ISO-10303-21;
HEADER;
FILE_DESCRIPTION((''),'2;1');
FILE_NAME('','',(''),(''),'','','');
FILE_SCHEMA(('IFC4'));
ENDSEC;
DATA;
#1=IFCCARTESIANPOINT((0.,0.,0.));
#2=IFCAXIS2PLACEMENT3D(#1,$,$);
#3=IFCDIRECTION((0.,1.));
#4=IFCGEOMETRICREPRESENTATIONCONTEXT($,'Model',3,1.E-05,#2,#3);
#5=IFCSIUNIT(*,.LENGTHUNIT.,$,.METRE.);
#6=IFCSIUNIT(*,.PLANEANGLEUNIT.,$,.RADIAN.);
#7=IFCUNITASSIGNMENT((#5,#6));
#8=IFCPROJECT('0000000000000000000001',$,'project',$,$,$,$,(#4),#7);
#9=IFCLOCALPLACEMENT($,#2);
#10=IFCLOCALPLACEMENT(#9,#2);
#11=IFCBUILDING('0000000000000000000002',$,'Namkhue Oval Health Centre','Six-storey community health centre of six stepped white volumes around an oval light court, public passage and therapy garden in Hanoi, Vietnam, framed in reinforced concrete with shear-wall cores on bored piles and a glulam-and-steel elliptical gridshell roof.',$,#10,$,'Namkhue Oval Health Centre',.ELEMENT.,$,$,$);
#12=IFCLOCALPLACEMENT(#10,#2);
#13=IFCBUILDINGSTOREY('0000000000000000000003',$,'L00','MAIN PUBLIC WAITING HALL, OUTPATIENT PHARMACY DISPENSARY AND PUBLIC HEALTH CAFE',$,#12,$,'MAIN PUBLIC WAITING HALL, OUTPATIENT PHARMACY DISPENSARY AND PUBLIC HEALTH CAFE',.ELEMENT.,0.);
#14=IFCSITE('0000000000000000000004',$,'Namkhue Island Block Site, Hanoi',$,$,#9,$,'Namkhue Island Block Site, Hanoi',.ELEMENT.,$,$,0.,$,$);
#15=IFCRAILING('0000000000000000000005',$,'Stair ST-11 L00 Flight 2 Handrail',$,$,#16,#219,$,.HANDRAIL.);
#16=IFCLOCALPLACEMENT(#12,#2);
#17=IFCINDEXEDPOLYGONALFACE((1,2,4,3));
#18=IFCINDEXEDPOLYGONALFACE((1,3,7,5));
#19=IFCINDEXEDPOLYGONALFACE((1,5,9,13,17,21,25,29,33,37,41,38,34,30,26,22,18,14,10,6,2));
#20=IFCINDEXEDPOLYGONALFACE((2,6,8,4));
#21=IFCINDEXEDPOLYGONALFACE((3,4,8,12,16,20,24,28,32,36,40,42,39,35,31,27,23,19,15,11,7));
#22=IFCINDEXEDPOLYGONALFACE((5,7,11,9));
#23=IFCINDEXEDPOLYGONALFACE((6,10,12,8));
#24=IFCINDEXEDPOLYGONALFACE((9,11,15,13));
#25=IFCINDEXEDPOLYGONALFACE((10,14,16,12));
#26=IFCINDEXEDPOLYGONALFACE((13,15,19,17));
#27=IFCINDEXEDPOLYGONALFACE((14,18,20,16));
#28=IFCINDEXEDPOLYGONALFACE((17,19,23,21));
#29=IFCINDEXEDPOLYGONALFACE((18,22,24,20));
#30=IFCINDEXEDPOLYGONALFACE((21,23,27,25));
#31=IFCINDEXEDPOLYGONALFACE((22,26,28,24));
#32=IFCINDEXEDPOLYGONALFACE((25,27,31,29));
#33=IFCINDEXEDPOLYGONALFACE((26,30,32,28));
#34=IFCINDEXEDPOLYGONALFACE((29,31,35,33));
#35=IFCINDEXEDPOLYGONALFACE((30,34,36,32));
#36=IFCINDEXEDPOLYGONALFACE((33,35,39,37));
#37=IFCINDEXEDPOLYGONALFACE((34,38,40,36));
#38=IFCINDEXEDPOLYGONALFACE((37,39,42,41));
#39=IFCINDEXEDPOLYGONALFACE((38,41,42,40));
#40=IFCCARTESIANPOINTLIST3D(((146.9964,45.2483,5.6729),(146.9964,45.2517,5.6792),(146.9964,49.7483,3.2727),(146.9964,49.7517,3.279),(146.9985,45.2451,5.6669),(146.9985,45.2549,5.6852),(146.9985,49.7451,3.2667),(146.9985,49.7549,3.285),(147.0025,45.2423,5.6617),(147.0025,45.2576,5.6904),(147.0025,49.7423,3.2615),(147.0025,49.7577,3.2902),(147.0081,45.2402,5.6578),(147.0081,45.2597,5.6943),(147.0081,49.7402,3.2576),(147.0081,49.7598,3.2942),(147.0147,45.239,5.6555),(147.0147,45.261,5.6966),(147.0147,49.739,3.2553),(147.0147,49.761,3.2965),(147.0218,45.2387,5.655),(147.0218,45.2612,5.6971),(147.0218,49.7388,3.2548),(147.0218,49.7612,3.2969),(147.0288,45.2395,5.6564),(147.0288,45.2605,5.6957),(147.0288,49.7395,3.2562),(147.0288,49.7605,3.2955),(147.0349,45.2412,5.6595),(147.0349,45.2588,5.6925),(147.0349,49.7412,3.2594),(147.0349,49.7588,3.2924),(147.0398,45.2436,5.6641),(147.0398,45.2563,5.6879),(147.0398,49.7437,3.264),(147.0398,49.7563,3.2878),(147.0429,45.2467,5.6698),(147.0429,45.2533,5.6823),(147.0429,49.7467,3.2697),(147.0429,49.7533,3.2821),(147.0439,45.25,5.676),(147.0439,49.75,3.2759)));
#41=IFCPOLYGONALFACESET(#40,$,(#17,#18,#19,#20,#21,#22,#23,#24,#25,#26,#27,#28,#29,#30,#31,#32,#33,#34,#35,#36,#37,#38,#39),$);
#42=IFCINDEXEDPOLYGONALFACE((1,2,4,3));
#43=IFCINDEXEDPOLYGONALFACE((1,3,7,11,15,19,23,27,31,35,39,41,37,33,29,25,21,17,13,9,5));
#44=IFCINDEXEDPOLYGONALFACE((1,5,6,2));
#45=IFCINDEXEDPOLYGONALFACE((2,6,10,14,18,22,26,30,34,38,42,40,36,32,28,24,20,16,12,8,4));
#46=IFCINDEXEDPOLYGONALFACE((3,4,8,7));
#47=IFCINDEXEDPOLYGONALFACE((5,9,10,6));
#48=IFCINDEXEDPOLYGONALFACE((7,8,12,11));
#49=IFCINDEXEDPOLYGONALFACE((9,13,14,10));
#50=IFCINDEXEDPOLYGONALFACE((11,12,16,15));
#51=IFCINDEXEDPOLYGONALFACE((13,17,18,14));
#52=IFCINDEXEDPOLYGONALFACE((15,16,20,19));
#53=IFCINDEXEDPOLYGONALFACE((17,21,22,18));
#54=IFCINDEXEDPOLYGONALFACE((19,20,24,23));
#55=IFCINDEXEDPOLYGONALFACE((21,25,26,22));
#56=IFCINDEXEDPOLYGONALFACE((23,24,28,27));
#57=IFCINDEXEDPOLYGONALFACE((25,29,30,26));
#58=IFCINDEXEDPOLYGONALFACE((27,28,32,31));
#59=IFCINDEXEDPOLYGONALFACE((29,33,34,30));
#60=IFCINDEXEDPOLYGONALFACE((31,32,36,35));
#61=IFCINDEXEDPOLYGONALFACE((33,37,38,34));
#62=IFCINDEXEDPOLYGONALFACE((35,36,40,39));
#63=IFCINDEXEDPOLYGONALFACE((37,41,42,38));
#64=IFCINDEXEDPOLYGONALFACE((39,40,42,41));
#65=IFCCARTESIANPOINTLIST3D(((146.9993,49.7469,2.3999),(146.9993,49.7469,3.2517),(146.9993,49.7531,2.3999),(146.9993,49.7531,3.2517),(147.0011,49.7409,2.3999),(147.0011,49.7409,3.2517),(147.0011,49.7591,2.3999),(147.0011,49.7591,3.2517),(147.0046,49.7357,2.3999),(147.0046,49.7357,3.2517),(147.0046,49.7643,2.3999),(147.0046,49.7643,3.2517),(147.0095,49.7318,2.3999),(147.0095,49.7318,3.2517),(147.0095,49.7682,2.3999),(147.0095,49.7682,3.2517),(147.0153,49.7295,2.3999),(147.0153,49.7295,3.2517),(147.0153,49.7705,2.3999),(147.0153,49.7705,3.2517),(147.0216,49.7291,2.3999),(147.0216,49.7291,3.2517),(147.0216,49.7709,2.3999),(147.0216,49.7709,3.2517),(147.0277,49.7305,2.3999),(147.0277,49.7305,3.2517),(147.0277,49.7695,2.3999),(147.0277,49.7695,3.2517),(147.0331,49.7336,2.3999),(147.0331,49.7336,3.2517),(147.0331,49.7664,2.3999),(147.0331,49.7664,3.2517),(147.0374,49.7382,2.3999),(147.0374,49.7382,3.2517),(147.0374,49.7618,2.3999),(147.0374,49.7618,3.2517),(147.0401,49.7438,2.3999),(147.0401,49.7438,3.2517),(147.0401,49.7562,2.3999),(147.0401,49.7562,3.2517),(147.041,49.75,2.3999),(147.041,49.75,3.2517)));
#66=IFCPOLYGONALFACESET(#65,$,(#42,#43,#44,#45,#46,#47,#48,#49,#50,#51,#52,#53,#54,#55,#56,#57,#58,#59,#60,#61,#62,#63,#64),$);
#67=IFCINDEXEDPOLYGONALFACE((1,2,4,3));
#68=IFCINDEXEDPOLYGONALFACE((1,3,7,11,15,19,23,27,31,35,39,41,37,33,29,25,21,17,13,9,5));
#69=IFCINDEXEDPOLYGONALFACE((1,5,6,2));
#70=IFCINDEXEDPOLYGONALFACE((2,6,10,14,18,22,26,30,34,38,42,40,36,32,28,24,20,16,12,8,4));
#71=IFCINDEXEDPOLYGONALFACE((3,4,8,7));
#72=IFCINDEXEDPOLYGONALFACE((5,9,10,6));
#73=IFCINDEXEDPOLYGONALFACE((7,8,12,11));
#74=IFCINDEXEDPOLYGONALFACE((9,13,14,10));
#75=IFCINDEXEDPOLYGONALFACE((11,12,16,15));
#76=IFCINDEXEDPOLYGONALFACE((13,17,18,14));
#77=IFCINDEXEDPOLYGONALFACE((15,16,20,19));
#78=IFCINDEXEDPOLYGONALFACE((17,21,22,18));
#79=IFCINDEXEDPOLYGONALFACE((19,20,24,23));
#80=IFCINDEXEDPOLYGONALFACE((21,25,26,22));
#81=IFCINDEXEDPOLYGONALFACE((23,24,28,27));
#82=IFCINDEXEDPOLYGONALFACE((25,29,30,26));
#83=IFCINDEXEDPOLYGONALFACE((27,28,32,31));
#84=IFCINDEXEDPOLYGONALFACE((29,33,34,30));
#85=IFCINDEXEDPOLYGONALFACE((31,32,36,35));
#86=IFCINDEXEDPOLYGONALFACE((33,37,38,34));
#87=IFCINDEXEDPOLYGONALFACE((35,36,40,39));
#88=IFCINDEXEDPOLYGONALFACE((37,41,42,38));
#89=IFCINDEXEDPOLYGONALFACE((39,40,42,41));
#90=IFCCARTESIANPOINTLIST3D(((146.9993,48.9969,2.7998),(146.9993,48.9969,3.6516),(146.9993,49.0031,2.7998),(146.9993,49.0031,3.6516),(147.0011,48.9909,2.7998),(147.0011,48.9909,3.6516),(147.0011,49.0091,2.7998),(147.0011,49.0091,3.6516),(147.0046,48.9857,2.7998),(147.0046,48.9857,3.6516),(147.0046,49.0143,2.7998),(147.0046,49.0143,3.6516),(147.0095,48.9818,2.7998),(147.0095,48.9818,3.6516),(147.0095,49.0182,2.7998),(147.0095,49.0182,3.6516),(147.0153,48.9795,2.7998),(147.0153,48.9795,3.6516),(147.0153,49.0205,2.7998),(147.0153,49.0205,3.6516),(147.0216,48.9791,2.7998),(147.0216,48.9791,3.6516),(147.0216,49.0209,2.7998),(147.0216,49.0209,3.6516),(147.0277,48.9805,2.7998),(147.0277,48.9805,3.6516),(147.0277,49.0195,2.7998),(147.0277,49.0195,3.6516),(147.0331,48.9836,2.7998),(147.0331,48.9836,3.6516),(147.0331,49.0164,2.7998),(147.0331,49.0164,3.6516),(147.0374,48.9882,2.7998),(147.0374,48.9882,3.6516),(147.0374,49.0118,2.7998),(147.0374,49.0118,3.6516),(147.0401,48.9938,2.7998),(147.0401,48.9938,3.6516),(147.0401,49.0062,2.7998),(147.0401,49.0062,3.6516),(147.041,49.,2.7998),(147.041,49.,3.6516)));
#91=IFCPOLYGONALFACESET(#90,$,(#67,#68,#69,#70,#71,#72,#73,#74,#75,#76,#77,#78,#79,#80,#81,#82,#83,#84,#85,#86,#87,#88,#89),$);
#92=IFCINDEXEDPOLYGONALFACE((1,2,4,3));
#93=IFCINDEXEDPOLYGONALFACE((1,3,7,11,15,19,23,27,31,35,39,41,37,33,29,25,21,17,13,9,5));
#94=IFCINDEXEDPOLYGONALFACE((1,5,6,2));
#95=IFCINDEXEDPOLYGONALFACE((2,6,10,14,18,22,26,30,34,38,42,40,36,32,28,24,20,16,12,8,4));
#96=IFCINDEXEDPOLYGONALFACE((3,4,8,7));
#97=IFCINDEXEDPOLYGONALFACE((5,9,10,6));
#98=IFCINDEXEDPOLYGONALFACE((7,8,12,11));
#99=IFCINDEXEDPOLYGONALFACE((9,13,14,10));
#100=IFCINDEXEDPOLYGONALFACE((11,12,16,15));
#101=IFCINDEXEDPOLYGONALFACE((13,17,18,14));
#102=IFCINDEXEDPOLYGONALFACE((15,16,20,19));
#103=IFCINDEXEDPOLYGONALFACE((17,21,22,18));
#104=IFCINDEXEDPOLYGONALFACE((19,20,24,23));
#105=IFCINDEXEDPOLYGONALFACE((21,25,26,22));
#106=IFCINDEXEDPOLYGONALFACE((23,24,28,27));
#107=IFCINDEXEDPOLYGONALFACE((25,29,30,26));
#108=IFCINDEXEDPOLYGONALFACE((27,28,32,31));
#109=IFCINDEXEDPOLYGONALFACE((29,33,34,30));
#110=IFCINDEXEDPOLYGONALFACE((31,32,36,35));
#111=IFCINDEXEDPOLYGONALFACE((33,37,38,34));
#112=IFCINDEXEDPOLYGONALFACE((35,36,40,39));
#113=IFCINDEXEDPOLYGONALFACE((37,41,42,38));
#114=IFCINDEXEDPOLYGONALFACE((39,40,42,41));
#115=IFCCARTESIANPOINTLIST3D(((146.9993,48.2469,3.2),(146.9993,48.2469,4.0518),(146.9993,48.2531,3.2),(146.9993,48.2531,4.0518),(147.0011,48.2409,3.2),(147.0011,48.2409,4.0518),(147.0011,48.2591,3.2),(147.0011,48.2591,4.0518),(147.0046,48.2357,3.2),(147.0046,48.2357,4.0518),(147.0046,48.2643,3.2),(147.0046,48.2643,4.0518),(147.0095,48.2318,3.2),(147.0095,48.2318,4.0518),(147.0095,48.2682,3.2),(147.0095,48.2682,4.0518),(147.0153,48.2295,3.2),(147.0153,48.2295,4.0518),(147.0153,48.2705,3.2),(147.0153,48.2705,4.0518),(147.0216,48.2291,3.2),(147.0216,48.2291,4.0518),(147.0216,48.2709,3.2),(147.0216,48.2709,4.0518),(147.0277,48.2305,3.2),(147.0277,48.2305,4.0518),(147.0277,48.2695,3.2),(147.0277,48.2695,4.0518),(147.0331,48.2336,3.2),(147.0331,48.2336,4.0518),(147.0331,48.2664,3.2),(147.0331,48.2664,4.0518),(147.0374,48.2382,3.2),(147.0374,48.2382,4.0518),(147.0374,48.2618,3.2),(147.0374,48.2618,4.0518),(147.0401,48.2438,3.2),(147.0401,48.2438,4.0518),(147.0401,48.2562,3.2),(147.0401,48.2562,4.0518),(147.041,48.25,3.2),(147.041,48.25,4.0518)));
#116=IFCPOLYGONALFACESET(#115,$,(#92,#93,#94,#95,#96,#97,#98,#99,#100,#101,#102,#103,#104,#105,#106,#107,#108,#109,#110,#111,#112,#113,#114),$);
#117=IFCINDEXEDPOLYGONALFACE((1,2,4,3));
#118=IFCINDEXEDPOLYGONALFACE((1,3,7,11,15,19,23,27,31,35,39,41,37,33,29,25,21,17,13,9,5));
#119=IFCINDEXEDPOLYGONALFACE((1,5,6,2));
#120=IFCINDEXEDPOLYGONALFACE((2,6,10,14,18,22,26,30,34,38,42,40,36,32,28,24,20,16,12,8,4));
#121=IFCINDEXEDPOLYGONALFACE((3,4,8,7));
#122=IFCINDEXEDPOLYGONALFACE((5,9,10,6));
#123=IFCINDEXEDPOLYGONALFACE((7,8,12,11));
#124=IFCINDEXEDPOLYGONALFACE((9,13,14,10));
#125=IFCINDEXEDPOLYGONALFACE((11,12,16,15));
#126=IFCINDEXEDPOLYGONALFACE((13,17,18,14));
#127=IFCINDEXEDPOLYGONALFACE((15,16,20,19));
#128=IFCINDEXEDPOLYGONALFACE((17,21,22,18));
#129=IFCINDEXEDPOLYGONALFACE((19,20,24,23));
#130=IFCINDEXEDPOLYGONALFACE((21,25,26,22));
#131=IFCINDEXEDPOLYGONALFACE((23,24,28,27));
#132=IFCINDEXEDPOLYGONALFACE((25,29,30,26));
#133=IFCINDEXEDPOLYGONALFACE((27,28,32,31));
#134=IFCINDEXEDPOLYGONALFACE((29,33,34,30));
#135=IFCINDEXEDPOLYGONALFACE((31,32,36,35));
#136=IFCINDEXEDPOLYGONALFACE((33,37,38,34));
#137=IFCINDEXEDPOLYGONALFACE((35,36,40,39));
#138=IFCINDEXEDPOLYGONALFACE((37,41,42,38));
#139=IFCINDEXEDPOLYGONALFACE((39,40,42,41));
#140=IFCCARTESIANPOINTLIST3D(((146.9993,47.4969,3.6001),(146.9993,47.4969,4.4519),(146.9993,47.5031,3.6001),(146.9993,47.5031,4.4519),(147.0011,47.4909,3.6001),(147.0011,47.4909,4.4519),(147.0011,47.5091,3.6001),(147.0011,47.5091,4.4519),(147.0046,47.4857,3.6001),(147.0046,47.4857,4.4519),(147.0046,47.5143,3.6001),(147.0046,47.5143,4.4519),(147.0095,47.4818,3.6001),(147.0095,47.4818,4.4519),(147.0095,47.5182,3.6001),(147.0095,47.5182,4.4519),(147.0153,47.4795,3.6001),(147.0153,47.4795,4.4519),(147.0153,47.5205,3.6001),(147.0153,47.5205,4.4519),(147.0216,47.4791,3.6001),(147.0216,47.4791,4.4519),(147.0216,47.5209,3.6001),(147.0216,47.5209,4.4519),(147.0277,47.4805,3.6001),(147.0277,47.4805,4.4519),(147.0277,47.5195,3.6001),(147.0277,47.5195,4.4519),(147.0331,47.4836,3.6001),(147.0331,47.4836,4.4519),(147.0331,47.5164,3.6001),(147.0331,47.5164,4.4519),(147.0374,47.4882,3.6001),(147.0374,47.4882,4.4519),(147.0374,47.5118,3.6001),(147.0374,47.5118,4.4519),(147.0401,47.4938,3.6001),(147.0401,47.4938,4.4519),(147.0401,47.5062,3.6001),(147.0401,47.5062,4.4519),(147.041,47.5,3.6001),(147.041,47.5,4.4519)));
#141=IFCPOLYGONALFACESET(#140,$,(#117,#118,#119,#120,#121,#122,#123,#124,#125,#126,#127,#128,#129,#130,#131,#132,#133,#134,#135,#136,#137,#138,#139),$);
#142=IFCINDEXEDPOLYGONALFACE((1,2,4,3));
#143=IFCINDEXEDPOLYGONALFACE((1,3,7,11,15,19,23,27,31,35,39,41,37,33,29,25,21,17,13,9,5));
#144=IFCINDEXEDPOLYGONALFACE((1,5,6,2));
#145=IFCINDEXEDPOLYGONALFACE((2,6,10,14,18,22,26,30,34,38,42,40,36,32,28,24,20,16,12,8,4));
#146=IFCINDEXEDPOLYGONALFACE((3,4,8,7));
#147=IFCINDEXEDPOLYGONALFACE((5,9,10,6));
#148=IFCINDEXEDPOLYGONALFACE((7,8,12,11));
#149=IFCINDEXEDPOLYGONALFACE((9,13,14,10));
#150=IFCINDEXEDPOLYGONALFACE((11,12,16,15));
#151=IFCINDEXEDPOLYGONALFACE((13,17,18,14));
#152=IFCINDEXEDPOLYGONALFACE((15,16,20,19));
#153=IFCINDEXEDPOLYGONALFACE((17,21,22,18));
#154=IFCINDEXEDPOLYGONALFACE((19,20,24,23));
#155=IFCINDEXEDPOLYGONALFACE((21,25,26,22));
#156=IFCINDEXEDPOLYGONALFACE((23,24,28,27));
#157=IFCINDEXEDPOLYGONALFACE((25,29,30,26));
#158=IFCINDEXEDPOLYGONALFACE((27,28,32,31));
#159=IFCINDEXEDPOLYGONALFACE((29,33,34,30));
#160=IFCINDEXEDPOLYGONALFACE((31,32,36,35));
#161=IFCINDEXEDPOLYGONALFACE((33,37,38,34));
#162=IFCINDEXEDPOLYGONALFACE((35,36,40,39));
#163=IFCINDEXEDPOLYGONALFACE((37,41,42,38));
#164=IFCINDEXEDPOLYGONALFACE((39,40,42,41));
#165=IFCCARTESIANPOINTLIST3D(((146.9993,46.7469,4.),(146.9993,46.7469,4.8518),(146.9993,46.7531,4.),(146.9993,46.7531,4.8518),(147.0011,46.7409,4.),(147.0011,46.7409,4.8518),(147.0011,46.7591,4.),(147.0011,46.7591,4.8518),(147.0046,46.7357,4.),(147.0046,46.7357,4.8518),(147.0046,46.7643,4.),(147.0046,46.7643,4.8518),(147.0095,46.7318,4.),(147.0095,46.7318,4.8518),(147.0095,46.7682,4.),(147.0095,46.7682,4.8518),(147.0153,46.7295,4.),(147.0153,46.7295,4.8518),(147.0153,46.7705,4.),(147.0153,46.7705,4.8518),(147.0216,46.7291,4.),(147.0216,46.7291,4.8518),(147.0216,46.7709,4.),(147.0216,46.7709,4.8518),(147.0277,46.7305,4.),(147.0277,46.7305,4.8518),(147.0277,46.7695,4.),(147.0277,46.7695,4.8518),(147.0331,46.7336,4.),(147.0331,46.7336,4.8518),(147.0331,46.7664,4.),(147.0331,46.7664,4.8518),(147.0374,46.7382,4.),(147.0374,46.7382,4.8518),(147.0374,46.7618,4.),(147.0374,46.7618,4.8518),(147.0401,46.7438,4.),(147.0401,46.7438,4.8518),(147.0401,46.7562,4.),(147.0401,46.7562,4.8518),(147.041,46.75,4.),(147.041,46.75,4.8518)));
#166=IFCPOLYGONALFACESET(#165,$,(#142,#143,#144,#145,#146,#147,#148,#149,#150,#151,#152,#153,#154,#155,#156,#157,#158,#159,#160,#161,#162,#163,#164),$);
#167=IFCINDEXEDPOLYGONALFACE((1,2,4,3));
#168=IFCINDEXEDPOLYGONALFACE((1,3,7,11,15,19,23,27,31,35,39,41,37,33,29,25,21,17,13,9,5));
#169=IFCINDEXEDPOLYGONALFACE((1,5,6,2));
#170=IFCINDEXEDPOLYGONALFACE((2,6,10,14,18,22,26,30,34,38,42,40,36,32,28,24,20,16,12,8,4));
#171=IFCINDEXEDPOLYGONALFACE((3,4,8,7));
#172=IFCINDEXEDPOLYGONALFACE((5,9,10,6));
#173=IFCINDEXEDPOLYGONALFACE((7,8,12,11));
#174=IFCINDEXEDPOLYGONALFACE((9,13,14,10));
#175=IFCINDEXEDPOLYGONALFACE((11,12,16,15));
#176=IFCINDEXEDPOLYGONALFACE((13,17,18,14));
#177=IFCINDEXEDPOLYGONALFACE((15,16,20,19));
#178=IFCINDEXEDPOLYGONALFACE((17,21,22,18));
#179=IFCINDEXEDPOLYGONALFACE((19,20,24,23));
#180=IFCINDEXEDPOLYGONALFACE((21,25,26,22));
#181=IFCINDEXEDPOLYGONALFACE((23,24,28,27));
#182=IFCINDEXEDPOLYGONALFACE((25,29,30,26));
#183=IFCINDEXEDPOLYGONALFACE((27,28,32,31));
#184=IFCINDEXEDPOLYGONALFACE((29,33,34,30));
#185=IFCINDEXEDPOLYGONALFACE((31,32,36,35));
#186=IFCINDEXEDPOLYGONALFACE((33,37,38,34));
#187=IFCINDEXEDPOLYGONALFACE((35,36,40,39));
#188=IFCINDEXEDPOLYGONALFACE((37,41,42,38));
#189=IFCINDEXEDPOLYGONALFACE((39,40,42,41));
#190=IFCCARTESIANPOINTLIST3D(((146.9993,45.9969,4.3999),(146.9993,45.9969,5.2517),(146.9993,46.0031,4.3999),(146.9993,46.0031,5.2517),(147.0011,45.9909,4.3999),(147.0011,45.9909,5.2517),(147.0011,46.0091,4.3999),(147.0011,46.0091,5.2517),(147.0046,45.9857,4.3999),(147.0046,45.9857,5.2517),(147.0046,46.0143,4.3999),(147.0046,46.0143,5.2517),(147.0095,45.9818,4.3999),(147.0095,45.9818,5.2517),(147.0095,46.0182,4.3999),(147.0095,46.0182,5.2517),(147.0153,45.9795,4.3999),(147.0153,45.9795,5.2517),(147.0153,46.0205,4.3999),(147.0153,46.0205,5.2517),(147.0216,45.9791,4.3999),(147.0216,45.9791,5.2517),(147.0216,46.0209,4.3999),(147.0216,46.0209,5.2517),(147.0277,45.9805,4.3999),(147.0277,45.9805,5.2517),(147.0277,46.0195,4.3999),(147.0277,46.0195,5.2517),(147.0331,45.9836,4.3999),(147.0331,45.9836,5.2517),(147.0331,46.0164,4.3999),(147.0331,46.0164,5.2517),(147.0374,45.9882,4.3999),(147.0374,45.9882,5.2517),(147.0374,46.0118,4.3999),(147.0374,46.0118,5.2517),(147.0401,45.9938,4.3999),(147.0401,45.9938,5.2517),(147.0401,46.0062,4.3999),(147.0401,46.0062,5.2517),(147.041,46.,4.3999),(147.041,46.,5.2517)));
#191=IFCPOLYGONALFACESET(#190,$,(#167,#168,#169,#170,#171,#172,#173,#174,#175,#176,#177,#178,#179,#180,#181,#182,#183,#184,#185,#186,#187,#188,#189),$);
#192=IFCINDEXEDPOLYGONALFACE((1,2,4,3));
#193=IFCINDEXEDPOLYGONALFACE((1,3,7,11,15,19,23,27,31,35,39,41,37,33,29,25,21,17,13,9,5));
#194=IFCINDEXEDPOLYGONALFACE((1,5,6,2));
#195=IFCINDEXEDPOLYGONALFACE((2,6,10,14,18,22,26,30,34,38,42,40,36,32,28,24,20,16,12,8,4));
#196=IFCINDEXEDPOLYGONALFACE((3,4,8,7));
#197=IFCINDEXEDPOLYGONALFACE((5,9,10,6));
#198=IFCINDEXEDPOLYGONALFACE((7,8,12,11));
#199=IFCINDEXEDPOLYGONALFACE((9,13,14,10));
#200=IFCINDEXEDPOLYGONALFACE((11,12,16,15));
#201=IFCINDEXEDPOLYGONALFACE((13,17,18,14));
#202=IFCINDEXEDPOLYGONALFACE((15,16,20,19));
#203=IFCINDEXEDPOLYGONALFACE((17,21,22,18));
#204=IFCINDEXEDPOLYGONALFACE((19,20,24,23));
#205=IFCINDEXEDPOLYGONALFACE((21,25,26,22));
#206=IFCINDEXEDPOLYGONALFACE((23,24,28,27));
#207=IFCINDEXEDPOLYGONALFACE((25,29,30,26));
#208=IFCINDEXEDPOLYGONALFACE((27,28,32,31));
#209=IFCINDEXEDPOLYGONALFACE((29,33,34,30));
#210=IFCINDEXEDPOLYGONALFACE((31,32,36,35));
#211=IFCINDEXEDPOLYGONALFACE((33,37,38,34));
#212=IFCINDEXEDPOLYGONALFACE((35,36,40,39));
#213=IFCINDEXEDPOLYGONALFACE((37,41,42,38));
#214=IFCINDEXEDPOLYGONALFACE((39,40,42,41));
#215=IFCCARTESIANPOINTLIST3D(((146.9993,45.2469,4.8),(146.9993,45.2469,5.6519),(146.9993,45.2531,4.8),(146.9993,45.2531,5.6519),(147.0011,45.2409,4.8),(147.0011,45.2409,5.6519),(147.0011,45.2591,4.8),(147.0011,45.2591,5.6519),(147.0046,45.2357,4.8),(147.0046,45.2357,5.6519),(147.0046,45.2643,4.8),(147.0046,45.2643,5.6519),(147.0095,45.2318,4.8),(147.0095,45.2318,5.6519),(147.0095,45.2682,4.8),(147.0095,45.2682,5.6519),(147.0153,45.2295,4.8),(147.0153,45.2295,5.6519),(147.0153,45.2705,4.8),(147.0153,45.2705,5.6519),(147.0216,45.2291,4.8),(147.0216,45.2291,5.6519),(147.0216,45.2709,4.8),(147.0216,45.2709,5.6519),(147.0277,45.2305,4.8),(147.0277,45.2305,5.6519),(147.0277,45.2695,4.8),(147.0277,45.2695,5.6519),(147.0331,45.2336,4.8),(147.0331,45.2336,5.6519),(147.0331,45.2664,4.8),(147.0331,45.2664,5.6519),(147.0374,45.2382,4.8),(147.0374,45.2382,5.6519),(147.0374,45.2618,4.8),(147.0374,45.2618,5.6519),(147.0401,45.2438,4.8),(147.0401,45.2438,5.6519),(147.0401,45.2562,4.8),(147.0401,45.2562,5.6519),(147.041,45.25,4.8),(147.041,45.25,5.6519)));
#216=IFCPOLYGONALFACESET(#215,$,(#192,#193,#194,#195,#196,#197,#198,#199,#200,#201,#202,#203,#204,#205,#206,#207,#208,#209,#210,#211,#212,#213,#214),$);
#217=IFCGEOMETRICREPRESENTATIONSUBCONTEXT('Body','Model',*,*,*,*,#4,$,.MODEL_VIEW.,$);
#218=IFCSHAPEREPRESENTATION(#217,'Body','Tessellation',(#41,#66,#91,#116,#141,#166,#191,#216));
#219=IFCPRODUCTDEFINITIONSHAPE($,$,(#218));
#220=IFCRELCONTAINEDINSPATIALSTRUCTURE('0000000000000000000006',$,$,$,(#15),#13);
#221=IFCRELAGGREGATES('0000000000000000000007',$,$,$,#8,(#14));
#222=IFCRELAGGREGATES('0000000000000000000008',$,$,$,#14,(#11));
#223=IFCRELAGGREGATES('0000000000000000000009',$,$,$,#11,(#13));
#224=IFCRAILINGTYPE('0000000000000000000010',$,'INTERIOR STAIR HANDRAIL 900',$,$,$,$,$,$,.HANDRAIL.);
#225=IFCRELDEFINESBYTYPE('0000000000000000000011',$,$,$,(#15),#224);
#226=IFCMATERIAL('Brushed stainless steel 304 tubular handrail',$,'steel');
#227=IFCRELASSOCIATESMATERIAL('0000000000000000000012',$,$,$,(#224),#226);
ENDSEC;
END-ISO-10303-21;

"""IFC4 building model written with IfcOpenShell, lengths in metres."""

from ifc_helpers import new_model, si_unit, direction, frame, origin, origin_2d, place, context, subcontext, project, spatial, circle, extrude, material, type_object, element, save


model = new_model("IFC4")

# Units and contexts
model_context = context("Model", 3, precision=1e-05, world=origin(), true_north=direction((0.0, 1.0)))
body_context = subcontext(model_context, "Body", "Model", "MODEL_VIEW")
ifc_project = project(units=[si_unit("LENGTHUNIT", "METRE"), si_unit("PLANEANGLEUNIT", "RADIAN")], contexts=[model_context])

# Site, building, storey
site_placement = place(None, origin())
site = spatial("IfcSite", under=ifc_project, at=site_placement, Name="Namkhue Island Block Site, Hanoi", LongName="Namkhue Island Block Site, Hanoi", CompositionType="ELEMENT", RefElevation=0.0)
building_placement = place(site_placement, origin())
building = spatial("IfcBuilding", under=site, at=building_placement, Name="Namkhue Oval Health Centre", Description="Six-storey community health centre of six stepped white volumes around an oval light court, public passage and therapy garden in Hanoi, Vietnam, framed in reinforced concrete with shear-wall cores on bored piles and a glulam-and-steel elliptical gridshell roof.", LongName="Namkhue Oval Health Centre", CompositionType="ELEMENT")
storey_placement = place(building_placement, origin())
storey = spatial("IfcBuildingStorey", under=building, at=storey_placement, Name="L00", Description="MAIN PUBLIC WAITING HALL, OUTPATIENT PHARMACY DISPENSARY AND PUBLIC HEALTH CAFE", LongName="MAIN PUBLIC WAITING HALL, OUTPATIENT PHARMACY DISPENSARY AND PUBLIC HEALTH CAFE", CompositionType="ELEMENT", Elevation=0.0)

# Railing
ifc_material_1 = material(Name="Brushed stainless steel 304 tubular handrail", Category="steel")
railing_type_1 = type_object("IfcRailingType", Name="INTERIOR STAIR HANDRAIL 900", PredefinedType="HANDRAIL", material=ifc_material_1)
railing_1_placement = place(storey_placement, frame((147.02, 49.75, 2.3999)))
element("IfcRailing", 1, at=railing_1_placement, inside=storey, type_object=railing_type_1, Name="Stair ST-11 L00 Flight 2 Handrail", PredefinedType="HANDRAIL", context=body_context, shape_type="SweptSolid", body=[
    extrude(circle(Radius=0.0239, at=origin_2d()), frame((0.0, 0.0, 0.876), z_axis=(0.0, -0.882341, 0.470611), x_axis=(1.0, 0.0, 0.0)), (0.0, 0.0, 1.0), 5.1001),
    extrude(circle(Radius=0.021, at=origin_2d()), origin(), (0.0, 0.0, 1.0), 0.8518),
    extrude(circle(Radius=0.021, at=origin_2d()), frame((0.0, -0.75, 0.3999)), (0.0, 0.0, 1.0), 0.8518),
    extrude(circle(Radius=0.021, at=origin_2d()), frame((0.0, -1.5, 0.8)), (0.0, 0.0, 1.0), 0.8518),
    extrude(circle(Radius=0.021, at=origin_2d()), frame((0.0, -2.25, 1.2002)), (0.0, 0.0, 1.0), 0.8518),
    extrude(circle(Radius=0.021, at=origin_2d()), frame((0.0, -3.0, 1.6001)), (0.0, 0.0, 1.0), 0.8518),
    extrude(circle(Radius=0.021, at=origin_2d()), frame((0.0, -3.75, 2.0)), (0.0, 0.0, 1.0), 0.8518),
    extrude(circle(Radius=0.021, at=origin_2d()), frame((0.0, -4.5, 2.4001)), (0.0, 0.0, 1.0), 0.8518),
])

save(model, "model.ifc")
